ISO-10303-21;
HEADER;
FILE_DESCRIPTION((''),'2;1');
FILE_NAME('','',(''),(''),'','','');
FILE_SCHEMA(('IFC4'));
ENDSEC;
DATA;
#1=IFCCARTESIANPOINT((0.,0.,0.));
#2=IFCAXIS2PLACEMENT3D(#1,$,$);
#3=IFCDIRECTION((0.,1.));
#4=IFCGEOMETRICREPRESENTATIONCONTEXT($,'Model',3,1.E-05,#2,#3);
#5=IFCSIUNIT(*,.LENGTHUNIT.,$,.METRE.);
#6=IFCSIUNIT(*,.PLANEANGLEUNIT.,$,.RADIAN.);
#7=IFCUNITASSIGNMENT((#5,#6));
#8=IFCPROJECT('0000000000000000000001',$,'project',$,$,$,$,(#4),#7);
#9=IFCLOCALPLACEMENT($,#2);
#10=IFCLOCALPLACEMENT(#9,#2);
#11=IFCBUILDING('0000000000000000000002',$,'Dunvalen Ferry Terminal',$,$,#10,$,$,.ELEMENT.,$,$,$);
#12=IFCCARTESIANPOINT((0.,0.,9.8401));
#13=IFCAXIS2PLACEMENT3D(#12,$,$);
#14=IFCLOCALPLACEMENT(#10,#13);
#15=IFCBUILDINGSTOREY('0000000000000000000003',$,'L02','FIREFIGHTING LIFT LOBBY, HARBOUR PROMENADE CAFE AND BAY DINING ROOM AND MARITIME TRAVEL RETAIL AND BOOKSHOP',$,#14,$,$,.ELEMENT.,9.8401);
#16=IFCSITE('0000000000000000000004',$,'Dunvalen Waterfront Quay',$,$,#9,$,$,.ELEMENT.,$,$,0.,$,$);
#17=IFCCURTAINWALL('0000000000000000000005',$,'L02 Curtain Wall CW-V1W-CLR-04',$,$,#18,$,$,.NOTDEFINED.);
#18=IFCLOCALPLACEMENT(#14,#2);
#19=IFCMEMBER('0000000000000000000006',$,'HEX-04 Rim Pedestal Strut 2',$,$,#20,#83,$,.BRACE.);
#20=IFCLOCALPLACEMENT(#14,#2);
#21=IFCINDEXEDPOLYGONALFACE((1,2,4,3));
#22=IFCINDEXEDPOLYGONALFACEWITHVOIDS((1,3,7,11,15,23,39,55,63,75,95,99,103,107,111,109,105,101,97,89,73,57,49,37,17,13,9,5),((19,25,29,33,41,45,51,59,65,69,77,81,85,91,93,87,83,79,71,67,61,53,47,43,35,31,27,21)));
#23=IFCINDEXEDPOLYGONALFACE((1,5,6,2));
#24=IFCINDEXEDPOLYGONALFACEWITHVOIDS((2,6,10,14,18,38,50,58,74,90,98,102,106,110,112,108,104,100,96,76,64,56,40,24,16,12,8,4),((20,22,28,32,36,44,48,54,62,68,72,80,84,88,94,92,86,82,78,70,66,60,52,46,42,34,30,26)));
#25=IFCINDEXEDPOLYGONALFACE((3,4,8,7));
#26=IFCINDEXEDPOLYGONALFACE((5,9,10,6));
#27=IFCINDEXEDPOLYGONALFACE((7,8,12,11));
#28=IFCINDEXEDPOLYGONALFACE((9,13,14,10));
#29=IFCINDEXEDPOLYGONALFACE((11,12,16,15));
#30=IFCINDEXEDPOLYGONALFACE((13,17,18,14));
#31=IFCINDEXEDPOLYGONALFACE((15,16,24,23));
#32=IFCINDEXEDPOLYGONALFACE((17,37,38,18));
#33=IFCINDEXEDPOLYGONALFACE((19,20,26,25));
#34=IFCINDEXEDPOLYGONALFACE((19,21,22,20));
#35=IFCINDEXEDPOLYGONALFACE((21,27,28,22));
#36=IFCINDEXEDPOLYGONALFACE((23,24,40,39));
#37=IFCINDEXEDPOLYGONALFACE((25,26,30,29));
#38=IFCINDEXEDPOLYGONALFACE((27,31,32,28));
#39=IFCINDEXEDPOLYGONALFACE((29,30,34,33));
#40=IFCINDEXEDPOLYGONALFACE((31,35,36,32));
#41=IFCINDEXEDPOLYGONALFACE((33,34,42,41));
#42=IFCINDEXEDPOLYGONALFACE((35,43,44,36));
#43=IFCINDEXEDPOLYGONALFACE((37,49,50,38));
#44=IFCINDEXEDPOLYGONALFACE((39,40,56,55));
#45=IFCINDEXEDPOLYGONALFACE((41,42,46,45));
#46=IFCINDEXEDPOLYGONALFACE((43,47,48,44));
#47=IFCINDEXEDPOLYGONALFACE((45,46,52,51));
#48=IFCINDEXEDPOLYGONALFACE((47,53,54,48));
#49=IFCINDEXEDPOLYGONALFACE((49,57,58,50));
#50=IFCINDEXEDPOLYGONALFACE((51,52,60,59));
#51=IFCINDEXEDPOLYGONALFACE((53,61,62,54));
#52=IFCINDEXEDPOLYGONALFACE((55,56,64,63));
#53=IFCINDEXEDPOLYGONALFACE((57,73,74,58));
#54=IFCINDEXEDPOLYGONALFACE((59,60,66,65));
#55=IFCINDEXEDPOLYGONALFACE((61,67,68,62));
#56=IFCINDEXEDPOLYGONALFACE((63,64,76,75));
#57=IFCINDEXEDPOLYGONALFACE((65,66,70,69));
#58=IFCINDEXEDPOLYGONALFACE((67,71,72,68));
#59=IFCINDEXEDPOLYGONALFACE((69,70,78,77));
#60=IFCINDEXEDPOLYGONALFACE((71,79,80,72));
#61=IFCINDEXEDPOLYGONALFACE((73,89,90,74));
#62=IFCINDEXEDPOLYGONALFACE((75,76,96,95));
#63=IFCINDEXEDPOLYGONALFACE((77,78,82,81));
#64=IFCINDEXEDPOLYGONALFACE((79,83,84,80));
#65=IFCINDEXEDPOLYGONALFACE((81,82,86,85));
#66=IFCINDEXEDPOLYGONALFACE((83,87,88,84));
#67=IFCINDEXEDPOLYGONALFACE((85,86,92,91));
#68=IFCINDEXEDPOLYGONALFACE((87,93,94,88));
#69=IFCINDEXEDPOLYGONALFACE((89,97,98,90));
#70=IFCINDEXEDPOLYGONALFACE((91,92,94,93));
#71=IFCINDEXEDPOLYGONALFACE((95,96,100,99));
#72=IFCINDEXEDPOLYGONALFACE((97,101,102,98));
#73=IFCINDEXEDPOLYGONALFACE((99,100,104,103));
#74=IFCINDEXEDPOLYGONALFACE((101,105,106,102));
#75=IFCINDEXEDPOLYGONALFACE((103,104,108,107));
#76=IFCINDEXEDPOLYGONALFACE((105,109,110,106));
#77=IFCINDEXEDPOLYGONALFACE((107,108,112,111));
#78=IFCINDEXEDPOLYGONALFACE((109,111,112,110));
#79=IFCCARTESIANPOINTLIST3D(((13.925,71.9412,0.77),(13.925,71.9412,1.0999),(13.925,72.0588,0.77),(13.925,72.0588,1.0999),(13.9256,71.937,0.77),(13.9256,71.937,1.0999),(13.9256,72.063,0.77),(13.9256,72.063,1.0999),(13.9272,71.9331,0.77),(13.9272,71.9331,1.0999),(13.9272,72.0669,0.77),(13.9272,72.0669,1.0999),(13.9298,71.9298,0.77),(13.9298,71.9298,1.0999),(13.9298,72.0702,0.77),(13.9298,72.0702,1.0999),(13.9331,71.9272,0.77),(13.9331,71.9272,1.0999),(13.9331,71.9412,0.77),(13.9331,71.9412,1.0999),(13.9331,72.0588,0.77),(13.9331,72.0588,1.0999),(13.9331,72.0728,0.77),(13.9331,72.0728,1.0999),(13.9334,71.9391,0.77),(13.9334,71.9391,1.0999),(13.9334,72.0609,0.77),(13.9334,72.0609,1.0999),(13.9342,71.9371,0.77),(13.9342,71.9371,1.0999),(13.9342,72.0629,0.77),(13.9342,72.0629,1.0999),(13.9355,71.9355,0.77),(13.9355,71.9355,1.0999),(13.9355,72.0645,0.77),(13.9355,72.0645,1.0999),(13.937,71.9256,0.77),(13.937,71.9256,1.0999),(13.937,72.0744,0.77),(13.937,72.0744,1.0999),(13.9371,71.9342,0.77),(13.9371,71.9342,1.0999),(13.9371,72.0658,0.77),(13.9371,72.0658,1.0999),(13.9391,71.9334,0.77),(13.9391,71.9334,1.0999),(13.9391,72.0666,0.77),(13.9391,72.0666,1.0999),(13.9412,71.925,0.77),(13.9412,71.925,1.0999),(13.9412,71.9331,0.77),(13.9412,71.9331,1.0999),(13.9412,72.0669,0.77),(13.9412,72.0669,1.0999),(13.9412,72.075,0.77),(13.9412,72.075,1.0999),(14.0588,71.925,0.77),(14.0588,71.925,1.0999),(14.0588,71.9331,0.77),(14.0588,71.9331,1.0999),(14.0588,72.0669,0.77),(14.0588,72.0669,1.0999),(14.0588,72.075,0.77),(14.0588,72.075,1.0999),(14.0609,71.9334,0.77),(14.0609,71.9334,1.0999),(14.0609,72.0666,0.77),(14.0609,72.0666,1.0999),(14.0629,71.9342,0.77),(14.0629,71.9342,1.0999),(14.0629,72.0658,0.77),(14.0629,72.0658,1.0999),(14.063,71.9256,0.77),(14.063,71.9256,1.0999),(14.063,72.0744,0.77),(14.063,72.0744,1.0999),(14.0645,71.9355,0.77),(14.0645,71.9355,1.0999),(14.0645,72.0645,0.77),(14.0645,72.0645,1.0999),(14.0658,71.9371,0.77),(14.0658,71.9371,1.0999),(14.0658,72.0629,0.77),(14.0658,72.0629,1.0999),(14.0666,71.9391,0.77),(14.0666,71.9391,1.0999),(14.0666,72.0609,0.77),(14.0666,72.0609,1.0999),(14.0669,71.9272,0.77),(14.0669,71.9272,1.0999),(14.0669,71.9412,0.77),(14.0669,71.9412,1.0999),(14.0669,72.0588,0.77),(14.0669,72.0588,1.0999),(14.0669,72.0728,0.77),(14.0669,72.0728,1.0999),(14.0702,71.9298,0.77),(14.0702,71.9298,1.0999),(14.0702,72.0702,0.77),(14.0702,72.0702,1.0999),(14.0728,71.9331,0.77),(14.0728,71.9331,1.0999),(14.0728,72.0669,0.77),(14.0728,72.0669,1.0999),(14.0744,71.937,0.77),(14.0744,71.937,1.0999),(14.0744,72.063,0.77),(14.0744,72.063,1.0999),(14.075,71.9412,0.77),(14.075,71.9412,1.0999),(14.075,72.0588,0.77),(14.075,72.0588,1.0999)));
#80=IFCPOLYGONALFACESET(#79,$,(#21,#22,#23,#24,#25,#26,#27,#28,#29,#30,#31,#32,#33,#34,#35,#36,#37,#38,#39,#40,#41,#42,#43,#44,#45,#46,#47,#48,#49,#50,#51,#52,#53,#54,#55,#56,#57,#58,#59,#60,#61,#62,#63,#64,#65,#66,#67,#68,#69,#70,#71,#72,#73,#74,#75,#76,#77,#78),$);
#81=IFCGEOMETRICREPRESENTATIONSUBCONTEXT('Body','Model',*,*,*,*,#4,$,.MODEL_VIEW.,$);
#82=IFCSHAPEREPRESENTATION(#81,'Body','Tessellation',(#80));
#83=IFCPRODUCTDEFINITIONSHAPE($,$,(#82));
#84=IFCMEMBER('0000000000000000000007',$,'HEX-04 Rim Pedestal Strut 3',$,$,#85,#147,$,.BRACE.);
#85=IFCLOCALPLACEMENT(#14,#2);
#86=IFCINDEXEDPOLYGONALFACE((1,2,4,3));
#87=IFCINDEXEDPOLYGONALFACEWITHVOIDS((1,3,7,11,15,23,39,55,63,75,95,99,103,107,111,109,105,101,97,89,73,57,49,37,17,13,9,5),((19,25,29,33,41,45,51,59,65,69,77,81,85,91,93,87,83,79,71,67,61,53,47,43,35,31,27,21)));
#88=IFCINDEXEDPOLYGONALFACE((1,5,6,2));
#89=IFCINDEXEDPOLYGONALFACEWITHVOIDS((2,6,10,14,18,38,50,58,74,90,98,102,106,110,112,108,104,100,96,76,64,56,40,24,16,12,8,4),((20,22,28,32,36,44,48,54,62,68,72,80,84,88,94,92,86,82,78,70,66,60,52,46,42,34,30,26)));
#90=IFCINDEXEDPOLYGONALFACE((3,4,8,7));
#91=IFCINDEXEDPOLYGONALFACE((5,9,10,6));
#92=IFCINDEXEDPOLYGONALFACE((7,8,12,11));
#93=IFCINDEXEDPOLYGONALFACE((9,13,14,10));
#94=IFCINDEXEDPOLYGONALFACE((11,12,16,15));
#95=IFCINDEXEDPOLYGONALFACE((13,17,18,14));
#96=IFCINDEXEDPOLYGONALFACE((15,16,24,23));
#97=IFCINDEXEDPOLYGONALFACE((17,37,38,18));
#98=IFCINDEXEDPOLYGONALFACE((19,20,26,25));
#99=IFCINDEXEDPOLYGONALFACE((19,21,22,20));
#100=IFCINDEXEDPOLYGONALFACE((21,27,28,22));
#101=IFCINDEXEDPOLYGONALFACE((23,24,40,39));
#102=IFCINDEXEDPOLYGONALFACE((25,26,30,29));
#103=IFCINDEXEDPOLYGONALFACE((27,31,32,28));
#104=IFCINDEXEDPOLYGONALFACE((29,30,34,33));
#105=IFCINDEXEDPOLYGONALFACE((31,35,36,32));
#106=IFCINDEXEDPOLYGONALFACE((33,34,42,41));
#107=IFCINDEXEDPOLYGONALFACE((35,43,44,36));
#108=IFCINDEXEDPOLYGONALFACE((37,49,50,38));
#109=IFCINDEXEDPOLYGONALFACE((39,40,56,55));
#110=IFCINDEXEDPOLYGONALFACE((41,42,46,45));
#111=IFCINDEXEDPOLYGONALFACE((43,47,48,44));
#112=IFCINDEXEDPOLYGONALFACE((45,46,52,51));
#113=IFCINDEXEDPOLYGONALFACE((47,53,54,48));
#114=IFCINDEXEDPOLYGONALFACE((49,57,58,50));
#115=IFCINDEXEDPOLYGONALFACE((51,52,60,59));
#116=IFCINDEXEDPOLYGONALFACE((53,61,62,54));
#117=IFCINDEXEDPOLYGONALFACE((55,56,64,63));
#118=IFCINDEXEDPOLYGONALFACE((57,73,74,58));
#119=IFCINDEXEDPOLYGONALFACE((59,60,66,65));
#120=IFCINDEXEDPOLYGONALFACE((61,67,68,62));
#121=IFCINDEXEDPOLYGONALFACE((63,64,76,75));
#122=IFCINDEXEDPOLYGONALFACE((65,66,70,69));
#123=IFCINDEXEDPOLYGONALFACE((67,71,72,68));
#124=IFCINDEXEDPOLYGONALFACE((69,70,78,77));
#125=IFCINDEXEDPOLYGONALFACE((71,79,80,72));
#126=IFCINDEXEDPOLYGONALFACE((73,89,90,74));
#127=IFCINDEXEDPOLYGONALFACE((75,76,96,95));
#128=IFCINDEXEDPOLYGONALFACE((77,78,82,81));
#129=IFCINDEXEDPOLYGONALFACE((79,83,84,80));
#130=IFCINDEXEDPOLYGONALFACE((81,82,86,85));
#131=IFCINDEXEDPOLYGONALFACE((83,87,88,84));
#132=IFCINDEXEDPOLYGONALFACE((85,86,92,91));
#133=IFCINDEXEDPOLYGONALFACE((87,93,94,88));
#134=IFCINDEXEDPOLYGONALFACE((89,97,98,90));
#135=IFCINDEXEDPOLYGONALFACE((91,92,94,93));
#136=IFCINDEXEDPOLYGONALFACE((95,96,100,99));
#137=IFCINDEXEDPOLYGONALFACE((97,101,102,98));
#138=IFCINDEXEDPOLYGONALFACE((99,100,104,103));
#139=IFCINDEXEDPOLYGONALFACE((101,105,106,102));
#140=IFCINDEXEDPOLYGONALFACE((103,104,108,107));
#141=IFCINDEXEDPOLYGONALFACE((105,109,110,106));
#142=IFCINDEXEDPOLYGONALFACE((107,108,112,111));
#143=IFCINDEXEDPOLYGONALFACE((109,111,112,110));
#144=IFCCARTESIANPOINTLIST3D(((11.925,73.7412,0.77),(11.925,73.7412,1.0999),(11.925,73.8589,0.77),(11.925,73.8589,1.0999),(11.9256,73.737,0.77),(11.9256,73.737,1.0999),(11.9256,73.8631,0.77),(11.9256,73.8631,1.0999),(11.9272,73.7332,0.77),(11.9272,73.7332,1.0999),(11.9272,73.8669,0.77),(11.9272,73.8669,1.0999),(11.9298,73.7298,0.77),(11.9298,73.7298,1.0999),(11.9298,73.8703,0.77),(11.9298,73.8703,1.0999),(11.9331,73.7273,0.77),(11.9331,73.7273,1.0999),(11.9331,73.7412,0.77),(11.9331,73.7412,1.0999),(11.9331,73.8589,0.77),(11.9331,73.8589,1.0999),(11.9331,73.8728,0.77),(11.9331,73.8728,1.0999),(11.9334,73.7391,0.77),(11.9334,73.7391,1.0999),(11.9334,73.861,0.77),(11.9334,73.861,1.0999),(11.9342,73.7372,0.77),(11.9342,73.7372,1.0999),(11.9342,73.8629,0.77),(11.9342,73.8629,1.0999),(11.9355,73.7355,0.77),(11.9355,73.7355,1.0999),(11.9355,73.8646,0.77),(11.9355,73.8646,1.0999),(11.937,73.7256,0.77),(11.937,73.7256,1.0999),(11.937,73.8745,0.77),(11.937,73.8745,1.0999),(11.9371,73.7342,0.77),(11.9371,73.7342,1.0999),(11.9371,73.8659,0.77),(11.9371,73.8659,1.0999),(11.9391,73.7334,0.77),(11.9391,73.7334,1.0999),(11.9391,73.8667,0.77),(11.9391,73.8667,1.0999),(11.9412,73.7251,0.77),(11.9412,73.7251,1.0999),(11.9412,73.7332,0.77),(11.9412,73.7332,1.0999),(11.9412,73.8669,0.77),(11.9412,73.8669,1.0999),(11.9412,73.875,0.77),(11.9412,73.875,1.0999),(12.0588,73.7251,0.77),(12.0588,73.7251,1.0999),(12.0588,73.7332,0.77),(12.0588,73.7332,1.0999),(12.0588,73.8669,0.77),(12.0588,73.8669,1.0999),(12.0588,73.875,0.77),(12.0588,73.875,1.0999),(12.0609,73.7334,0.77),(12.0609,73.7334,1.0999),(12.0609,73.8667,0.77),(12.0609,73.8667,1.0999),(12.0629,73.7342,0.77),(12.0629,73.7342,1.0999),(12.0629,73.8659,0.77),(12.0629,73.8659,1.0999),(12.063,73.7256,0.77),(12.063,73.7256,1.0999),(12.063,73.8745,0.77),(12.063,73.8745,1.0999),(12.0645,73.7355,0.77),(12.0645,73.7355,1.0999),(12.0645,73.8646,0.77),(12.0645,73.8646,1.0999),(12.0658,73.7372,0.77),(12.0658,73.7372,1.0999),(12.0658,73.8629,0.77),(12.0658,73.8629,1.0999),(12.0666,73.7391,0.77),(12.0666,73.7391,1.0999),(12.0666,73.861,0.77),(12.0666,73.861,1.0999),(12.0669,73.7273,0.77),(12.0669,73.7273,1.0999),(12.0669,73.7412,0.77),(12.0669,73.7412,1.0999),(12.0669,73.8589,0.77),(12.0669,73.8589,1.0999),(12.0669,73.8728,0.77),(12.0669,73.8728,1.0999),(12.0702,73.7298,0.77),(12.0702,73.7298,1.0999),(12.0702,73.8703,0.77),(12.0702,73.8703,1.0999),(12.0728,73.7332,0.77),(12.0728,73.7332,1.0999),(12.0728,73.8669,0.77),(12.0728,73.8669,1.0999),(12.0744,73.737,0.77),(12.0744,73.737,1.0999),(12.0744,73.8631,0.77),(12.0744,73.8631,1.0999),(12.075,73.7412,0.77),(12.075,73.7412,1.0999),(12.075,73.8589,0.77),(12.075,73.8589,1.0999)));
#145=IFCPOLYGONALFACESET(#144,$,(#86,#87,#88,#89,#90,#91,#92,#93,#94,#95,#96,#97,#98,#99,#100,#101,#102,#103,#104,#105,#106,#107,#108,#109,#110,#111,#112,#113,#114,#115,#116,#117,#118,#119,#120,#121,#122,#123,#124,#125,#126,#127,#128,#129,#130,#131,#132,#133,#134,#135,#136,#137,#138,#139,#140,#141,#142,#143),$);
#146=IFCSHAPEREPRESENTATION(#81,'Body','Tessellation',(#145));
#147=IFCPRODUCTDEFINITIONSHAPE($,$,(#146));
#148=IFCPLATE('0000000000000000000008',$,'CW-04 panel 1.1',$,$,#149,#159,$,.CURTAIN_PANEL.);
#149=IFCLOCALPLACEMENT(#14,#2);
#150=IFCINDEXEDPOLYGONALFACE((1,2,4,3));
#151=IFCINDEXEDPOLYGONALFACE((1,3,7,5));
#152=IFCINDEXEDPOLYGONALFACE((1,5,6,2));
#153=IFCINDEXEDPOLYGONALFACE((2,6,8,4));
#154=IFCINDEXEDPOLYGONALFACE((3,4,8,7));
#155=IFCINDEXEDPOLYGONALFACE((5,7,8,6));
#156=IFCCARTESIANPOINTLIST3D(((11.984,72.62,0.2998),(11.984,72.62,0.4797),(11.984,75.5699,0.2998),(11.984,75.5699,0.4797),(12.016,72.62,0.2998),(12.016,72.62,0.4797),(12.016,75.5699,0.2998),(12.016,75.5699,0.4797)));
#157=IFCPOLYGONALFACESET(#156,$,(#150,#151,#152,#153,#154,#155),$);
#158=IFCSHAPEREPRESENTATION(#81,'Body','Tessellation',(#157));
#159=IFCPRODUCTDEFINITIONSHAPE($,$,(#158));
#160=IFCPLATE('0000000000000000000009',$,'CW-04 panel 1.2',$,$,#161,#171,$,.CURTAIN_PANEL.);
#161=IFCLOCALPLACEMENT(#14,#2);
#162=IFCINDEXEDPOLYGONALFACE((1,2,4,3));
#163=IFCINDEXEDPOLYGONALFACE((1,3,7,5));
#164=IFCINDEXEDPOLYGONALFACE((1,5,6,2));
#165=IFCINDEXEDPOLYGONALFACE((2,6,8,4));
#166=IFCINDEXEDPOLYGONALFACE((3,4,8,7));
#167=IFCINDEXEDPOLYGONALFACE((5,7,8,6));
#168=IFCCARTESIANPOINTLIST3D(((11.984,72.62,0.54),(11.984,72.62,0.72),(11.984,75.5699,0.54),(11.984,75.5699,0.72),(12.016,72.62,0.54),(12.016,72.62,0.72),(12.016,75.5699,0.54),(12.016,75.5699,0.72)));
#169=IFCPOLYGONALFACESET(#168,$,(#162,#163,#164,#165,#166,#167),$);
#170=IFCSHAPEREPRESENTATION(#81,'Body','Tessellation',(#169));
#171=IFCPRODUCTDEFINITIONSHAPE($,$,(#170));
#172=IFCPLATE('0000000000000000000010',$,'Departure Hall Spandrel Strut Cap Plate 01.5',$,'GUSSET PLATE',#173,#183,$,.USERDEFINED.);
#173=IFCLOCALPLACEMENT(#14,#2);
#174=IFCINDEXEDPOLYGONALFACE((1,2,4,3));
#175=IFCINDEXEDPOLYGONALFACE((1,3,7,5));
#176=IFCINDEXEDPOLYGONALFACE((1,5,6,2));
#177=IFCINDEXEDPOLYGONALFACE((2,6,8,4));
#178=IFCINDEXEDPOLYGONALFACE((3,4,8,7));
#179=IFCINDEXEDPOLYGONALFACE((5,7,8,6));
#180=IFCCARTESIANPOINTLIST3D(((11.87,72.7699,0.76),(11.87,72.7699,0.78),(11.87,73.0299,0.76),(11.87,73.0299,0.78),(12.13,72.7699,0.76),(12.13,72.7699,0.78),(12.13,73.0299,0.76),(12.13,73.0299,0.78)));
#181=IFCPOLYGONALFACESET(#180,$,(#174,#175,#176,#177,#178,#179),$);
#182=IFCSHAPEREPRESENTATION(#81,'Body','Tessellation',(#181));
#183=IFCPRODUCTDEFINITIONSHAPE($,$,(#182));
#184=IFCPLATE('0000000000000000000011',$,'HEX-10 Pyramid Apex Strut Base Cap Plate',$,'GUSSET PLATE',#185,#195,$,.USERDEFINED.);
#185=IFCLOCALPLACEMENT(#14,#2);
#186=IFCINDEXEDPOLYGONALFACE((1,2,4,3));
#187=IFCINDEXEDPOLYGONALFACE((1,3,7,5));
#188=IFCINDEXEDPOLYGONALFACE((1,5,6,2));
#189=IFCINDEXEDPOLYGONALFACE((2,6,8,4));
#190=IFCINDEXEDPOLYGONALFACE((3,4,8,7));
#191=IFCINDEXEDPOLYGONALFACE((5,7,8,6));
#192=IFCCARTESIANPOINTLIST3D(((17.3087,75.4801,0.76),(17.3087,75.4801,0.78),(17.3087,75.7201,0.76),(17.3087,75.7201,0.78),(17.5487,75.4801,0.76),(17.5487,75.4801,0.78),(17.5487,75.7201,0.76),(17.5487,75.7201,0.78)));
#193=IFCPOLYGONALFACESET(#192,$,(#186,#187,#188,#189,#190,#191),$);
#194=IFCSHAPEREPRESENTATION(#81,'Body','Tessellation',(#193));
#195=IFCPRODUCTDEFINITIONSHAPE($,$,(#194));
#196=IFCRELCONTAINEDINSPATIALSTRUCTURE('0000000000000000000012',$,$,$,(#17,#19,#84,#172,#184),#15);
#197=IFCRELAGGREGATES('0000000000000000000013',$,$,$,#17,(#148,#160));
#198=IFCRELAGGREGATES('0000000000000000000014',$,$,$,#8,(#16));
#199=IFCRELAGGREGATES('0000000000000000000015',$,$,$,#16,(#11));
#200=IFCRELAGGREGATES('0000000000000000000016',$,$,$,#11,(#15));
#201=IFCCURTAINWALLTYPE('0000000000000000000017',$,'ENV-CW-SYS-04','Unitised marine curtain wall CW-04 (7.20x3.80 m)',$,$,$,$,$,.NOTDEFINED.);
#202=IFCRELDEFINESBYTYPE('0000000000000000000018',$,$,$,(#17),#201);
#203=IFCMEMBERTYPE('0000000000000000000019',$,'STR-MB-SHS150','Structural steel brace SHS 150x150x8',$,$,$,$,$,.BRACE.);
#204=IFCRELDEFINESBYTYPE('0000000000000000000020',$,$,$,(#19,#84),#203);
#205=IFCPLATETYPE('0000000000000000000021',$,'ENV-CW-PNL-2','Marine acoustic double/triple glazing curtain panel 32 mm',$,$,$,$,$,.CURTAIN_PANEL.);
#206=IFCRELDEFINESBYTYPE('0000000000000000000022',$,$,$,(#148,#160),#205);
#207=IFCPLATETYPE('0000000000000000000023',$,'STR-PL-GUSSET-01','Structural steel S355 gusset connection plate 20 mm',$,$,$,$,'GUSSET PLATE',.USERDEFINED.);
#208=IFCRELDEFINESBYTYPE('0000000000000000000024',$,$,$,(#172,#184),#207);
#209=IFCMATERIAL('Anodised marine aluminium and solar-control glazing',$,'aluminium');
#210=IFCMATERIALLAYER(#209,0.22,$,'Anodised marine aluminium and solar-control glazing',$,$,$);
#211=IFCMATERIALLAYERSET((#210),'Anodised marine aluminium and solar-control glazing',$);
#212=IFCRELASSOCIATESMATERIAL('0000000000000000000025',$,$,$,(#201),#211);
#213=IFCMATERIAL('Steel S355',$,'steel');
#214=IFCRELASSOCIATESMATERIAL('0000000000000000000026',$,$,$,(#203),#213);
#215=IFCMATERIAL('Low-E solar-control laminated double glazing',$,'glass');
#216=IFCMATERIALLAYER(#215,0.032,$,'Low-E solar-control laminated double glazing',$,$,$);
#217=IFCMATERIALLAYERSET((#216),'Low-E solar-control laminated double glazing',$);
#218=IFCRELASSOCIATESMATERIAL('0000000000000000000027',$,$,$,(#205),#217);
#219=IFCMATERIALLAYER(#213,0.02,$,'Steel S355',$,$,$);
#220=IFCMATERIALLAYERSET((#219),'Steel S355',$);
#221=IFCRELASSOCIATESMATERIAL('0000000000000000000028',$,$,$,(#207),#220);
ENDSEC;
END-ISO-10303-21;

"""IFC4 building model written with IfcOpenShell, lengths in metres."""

from ifc_helpers import new_model, si_unit, direction, frame, origin, origin_2d, place, context, subcontext, project, spatial, rectangle, hollow_rectangle, extrude, material, layer, layer_set, material_profile, profile_set, type_object, element, aggregate, save


model = new_model("IFC4")

# Units and contexts
model_context = context("Model", 3, precision=1e-05, world=origin(), true_north=direction((0.0, 1.0)))
body_context = subcontext(model_context, "Body", "Model", "MODEL_VIEW")
ifc_project = project(units=[si_unit("LENGTHUNIT", "METRE"), si_unit("PLANEANGLEUNIT", "RADIAN")], contexts=[model_context])

# Site, building, storey
site_placement = place(None, origin())
site = spatial("IfcSite", under=ifc_project, at=site_placement, Name="Dunvalen Waterfront Quay", CompositionType="ELEMENT", RefElevation=0.0)
building_placement = place(site_placement, origin())
building = spatial("IfcBuilding", under=site, at=building_placement, Name="Dunvalen Ferry Terminal", CompositionType="ELEMENT")
storey_placement = place(building_placement, frame((0.0, 0.0, 9.8401)))
storey = spatial("IfcBuildingStorey", under=building, at=storey_placement, Name="L02", Description="FIREFIGHTING LIFT LOBBY, HARBOUR PROMENADE CAFE AND BAY DINING ROOM AND MARITIME TRAVEL RETAIL AND BOOKSHOP", CompositionType="ELEMENT", Elevation=9.8401)

# Curtain wall
ifc_material_1 = material(Name="Anodised marine aluminium and solar-control glazing", Category="aluminium")
ifc_layer_1 = layer(ifc_material_1, 0.22, Name="Anodised marine aluminium and solar-control glazing")
ifc_layer_set_1 = layer_set([ifc_layer_1], Name="Anodised marine aluminium and solar-control glazing")
curtain_wall_type = type_object("IfcCurtainWallType", Name="ENV-CW-SYS-04", Description="Unitised marine curtain wall CW-04 (7.20x3.80 m)", PredefinedType="NOTDEFINED", material=ifc_layer_set_1)
curtain_wall_placement = place(storey_placement, origin())
curtain_wall = element("IfcCurtainWall", 1, at=curtain_wall_placement, inside=storey, type_object=curtain_wall_type, Name="L02 Curtain Wall CW-V1W-CLR-04", PredefinedType="NOTDEFINED")

# Shared definitions
ifc_material_2 = material(Name="Steel S355", Category="steel")

# Members
ifc_material_profile_1 = material_profile(ifc_material_2, hollow_rectangle(XDim=0.1499, YDim=0.1499, WallThickness=0.0081, InnerFilletRadius=0.0081, OuterFilletRadius=0.0161, at=origin_2d()), Name="Steel S355")
ifc_profile_set_1 = profile_set([ifc_material_profile_1], Name="Steel S355")
member_type_1 = type_object("IfcMemberType", Name="STR-MB-SHS150", Description="Structural steel brace SHS 150x150x8", PredefinedType="BRACE", material=ifc_profile_set_1)
for number, where, z_axis, x_axis, name in (
    (2, (14.0, 72.0, 0.77), (0.0, 0.0, 1.0), (1.0, 0.0, 0.0), "HEX-04 Rim Pedestal Strut 2"),
    (3, (12.0, 73.8, 0.77), (0.0, 0.0, 1.0), (1.0, 0.0, 0.0), "HEX-04 Rim Pedestal Strut 3"),
):
    element("IfcMember", number, at=place(storey_placement, frame(where, z_axis=z_axis, x_axis=x_axis)), inside=storey, type_object=member_type_1, Name=name, PredefinedType="BRACE", context=body_context, shape_type="SweptSolid", body=[
        extrude(hollow_rectangle(XDim=0.1499, YDim=0.1499, WallThickness=0.0081, InnerFilletRadius=0.0081, OuterFilletRadius=0.0161, at=origin_2d()), origin(), (0.0, 0.0, 1.0), 0.3298),
    ])

# Plates
ifc_material_3 = material(Name="Low-E solar-control laminated double glazing", Category="glass")
ifc_layer_2 = layer(ifc_material_3, 0.032, Name="Low-E solar-control laminated double glazing")
ifc_layer_set_2 = layer_set([ifc_layer_2], Name="Low-E solar-control laminated double glazing")
plate_type_1 = type_object("IfcPlateType", Name="ENV-CW-PNL-2", Description="Marine acoustic double/triple glazing curtain panel 32 mm", PredefinedType="CURTAIN_PANEL", material=ifc_layer_set_2)
plate_1_placement = place(storey_placement, frame((12.0, 74.095, 0.2998), z_axis=(0.0, 0.0, 1.0), x_axis=(0.0, 1.0, 0.0)))
plate_1 = element("IfcPlate", 4, at=plate_1_placement, type_object=plate_type_1, Name="CW-04 panel 1.1", PredefinedType="CURTAIN_PANEL", context=body_context, shape_type="SweptSolid", body=[
    extrude(rectangle(XDim=2.95, YDim=0.032, at=origin_2d()), origin(), (0.0, 0.0, 1.0), 0.1799),
])
plate_2_placement = place(storey_placement, frame((12.0, 74.095, 0.54), z_axis=(0.0, 0.0, 1.0), x_axis=(0.0, 1.0, 0.0)))
plate_2 = element("IfcPlate", 5, at=plate_2_placement, type_object=plate_type_1, Name="CW-04 panel 1.2", PredefinedType="CURTAIN_PANEL", context=body_context, shape_type="SweptSolid", body=[
    extrude(rectangle(XDim=2.95, YDim=0.032, at=origin_2d()), origin(), (0.0, 0.0, 1.0), 0.1799),
])
aggregate(curtain_wall, [plate_1, plate_2])

# Plates
ifc_layer_3 = layer(ifc_material_2, 0.02, Name="Steel S355")
ifc_layer_set_3 = layer_set([ifc_layer_3], Name="Steel S355")
plate_type_2 = type_object("IfcPlateType", Name="STR-PL-GUSSET-01", Description="Structural steel S355 gusset connection plate 20 mm", ElementType="GUSSET PLATE", PredefinedType="USERDEFINED", material=ifc_layer_set_3)
plate_3_placement = place(storey_placement, frame((12.0, 72.8999, 0.76), z_axis=(0.0, 0.0, 1.0), x_axis=(1.0, 0.0, 0.0)))
element("IfcPlate", 6, at=plate_3_placement, inside=storey, type_object=plate_type_2, Name="Departure Hall Spandrel Strut Cap Plate 01.5", ObjectType="GUSSET PLATE", PredefinedType="USERDEFINED", context=body_context, shape_type="SweptSolid", body=[
    extrude(rectangle(XDim=0.26, YDim=0.26, at=origin_2d()), origin(), (0.0, 0.0, 1.0), 0.02),
])
plate_4_placement = place(storey_placement, frame((17.4287, 75.6001, 0.76), z_axis=(0.0, 0.0, 1.0), x_axis=(1.0, 0.0, 0.0)))
element("IfcPlate", 7, at=plate_4_placement, inside=storey, type_object=plate_type_2, Name="HEX-10 Pyramid Apex Strut Base Cap Plate", ObjectType="GUSSET PLATE", PredefinedType="USERDEFINED", context=body_context, shape_type="SweptSolid", body=[
    extrude(rectangle(XDim=0.24, YDim=0.24, at=origin_2d()), origin(), (0.0, 0.0, 1.0), 0.02),
])

save(model, "model.ifc")
